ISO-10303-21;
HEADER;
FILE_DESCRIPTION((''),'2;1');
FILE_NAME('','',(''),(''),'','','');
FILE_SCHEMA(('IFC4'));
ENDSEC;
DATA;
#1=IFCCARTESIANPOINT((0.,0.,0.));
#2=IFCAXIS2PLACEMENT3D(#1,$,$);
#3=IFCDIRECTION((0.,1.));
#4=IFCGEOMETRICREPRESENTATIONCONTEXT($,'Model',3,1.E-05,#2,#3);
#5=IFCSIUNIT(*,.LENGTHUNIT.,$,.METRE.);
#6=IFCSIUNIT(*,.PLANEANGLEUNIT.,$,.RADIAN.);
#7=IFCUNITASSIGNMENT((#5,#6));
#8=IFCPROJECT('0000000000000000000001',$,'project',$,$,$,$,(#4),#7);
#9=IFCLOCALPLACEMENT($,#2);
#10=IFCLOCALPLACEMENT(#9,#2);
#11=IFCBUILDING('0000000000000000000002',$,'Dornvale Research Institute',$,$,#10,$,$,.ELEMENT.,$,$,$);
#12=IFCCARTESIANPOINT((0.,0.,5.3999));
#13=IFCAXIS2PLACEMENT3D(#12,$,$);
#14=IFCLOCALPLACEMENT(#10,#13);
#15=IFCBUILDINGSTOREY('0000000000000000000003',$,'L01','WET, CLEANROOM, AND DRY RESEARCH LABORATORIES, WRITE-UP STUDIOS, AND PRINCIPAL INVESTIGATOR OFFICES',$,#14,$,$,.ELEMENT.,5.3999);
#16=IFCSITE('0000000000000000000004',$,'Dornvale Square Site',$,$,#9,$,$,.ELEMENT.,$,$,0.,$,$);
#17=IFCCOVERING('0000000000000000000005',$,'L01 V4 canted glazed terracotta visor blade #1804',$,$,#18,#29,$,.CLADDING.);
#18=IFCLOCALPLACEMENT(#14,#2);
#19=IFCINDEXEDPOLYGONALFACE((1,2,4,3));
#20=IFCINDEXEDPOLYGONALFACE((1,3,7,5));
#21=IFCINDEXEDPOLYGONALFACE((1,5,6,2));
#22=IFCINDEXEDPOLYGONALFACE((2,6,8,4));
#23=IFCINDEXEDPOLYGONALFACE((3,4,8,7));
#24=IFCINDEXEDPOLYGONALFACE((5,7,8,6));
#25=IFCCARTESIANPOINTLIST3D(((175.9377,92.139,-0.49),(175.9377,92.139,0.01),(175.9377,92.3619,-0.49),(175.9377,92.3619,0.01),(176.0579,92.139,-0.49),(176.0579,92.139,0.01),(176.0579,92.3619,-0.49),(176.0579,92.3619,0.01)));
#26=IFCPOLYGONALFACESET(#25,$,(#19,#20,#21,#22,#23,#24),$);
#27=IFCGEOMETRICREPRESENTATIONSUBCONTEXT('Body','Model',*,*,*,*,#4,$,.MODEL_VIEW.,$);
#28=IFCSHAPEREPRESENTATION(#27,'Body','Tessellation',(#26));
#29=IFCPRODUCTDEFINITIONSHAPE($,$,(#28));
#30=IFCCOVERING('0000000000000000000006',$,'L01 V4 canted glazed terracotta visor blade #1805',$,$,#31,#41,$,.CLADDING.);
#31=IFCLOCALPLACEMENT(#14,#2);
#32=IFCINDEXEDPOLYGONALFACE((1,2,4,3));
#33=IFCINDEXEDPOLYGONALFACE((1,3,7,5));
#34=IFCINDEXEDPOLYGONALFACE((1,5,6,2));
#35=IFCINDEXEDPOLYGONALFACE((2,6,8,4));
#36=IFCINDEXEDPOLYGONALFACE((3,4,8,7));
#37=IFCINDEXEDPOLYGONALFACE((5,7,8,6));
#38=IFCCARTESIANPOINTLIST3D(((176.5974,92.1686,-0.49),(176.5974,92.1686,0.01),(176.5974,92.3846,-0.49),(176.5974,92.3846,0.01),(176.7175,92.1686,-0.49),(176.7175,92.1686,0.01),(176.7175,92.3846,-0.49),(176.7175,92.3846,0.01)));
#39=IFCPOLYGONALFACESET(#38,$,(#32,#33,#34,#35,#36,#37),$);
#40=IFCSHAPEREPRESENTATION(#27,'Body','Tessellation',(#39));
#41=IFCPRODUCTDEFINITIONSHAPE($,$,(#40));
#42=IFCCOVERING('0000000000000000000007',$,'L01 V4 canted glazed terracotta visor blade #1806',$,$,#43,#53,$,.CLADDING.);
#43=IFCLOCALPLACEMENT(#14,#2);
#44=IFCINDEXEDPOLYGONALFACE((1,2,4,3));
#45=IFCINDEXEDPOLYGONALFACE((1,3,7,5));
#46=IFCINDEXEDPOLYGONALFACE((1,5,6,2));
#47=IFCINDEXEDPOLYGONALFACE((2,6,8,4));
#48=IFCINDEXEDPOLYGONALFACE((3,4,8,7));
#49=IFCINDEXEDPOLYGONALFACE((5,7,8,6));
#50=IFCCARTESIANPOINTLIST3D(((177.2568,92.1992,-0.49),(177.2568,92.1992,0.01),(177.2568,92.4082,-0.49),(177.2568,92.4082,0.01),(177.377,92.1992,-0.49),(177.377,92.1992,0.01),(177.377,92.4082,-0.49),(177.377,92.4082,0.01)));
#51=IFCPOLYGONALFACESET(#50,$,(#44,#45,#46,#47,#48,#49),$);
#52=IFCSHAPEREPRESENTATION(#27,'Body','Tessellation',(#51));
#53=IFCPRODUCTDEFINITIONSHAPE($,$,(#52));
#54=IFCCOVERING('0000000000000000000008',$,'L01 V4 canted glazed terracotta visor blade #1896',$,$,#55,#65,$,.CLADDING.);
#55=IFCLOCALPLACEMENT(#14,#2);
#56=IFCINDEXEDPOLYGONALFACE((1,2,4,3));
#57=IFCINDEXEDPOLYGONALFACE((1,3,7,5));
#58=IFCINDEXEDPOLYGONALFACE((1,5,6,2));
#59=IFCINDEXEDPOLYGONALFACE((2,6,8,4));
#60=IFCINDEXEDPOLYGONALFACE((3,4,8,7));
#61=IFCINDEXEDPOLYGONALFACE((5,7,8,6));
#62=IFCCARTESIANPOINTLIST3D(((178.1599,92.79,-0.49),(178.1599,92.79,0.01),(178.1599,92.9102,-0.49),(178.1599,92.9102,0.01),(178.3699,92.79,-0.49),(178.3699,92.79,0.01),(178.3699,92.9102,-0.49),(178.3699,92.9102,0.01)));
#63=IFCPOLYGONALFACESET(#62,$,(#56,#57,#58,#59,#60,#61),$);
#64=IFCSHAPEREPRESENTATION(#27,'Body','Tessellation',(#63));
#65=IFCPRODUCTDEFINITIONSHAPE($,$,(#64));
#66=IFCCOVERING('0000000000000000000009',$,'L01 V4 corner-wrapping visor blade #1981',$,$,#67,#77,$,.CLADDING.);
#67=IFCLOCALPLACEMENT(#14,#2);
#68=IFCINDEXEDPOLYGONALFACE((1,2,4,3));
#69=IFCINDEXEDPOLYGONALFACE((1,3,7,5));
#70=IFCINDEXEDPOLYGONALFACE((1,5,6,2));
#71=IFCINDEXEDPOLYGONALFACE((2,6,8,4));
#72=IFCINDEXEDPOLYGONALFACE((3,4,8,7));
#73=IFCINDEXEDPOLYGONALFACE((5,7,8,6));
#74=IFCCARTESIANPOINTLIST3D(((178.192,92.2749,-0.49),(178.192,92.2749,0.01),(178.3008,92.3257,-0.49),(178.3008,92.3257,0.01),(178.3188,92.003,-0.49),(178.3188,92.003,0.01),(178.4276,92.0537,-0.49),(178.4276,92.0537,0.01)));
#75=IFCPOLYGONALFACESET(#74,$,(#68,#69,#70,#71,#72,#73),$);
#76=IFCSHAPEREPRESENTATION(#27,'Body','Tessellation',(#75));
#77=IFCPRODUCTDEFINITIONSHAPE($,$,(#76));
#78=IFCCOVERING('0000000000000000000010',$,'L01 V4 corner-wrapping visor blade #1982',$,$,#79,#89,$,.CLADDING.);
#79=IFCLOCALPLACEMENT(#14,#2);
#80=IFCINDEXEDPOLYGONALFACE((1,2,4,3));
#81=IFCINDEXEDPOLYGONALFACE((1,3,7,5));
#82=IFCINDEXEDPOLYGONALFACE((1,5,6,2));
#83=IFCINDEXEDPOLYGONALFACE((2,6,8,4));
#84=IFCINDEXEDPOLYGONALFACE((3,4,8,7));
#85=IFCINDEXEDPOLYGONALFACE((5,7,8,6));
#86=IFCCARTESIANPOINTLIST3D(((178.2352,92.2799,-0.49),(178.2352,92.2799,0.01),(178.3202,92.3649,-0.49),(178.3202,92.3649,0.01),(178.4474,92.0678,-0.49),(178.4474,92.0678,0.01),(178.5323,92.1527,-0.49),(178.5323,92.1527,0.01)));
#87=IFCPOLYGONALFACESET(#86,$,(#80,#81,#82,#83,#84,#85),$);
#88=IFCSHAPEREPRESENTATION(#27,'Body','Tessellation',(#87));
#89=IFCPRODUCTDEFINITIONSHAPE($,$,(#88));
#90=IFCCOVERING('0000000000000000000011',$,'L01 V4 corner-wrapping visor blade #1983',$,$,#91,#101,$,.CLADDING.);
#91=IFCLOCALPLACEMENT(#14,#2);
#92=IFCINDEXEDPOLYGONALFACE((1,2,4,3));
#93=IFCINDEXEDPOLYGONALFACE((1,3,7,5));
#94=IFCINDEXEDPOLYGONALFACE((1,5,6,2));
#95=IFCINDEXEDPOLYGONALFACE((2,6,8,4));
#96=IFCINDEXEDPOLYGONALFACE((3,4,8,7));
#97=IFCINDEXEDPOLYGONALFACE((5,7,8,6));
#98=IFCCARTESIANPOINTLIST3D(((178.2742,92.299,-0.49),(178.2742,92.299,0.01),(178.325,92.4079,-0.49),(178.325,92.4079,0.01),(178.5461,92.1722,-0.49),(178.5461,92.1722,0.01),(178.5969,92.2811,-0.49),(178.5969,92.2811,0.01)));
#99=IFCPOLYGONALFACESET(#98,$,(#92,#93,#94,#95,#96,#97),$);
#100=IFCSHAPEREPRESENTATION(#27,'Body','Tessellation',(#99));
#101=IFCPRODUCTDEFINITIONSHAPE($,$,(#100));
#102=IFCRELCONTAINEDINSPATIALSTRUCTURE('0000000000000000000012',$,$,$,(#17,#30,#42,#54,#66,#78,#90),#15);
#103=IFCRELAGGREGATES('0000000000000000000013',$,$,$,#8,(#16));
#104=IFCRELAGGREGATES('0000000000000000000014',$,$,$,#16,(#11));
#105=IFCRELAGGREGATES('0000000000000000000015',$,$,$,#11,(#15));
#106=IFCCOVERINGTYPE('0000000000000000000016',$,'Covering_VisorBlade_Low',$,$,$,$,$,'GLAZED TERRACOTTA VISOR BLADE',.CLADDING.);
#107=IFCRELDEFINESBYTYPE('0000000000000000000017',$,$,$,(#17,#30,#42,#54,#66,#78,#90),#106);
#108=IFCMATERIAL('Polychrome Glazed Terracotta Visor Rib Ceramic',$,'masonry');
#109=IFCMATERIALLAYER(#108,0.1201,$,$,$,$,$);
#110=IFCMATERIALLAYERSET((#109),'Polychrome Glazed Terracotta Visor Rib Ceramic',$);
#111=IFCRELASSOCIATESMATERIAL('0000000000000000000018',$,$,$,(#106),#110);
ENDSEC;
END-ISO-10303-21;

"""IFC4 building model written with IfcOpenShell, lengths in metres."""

from ifc_helpers import new_model, si_unit, direction, frame, origin, origin_2d, place, context, subcontext, project, spatial, rectangle, extrude, material, layer, layer_set, type_object, element, save


model = new_model("IFC4")

# Units and contexts
model_context = context("Model", 3, precision=1e-05, world=origin(), true_north=direction((0.0, 1.0)))
body_context = subcontext(model_context, "Body", "Model", "MODEL_VIEW")
ifc_project = project(units=[si_unit("LENGTHUNIT", "METRE"), si_unit("PLANEANGLEUNIT", "RADIAN")], contexts=[model_context])

# Site, building, storey
site_placement = place(None, origin())
site = spatial("IfcSite", under=ifc_project, at=site_placement, Name="Dornvale Square Site", CompositionType="ELEMENT", RefElevation=0.0)
building_placement = place(site_placement, origin())
building = spatial("IfcBuilding", under=site, at=building_placement, Name="Dornvale Research Institute", CompositionType="ELEMENT")
storey_placement = place(building_placement, frame((0.0, 0.0, 5.3999)))
storey = spatial("IfcBuildingStorey", under=building, at=storey_placement, Name="L01", Description="WET, CLEANROOM, AND DRY RESEARCH LABORATORIES, WRITE-UP STUDIOS, AND PRINCIPAL INVESTIGATOR OFFICES", CompositionType="ELEMENT", Elevation=5.3999)

# Coverings
ifc_material_1 = material(Name="Polychrome Glazed Terracotta Visor Rib Ceramic", Category="masonry")
ifc_layer_1 = layer(ifc_material_1, 0.1201)
ifc_layer_set_1 = layer_set([ifc_layer_1], Name="Polychrome Glazed Terracotta Visor Rib Ceramic")
covering_type = type_object("IfcCoveringType", Name="Covering_VisorBlade_Low", ElementType="GLAZED TERRACOTTA VISOR BLADE", PredefinedType="CLADDING", material=ifc_layer_set_1)
covering_1_placement = place(storey_placement, frame((175.9978, 92.2505, -0.49), z_axis=(0.0, 0.0, 1.0), x_axis=(0.0, 1.0, 0.0)))
element("IfcCovering", 1, at=covering_1_placement, inside=storey, type_object=covering_type, Name="L01 V4 canted glazed terracotta visor blade #1804", PredefinedType="CLADDING", context=body_context, shape_type="SweptSolid", body=[
    extrude(rectangle(XDim=0.2229, YDim=0.1201, at=origin_2d()), origin(), (0.0, 0.0, 1.0), 0.5),
])
covering_2_placement = place(storey_placement, frame((176.6575, 92.2766, -0.49), z_axis=(0.0, 0.0, 1.0), x_axis=(0.0, 1.0, 0.0)))
element("IfcCovering", 2, at=covering_2_placement, inside=storey, type_object=covering_type, Name="L01 V4 canted glazed terracotta visor blade #1805", PredefinedType="CLADDING", context=body_context, shape_type="SweptSolid", body=[
    extrude(rectangle(XDim=0.2161, YDim=0.1201, at=origin_2d()), origin(), (0.0, 0.0, 1.0), 0.5),
])
covering_3_placement = place(storey_placement, frame((177.3169, 92.3037, -0.49), z_axis=(0.0, 0.0, 1.0), x_axis=(0.0, 1.0, 0.0)))
element("IfcCovering", 3, at=covering_3_placement, inside=storey, type_object=covering_type, Name="L01 V4 canted glazed terracotta visor blade #1806", PredefinedType="CLADDING", context=body_context, shape_type="SweptSolid", body=[
    extrude(rectangle(XDim=0.209, YDim=0.1201, at=origin_2d()), origin(), (0.0, 0.0, 1.0), 0.5),
])
covering_4_placement = place(storey_placement, frame((178.2649, 92.8501, -0.49), z_axis=(0.0, 0.0, 1.0), x_axis=(1.0, 0.0, 0.0)))
element("IfcCovering", 4, at=covering_4_placement, inside=storey, type_object=covering_type, Name="L01 V4 canted glazed terracotta visor blade #1896", PredefinedType="CLADDING", context=body_context, shape_type="SweptSolid", body=[
    extrude(rectangle(XDim=0.21, YDim=0.1201, at=origin_2d()), origin(), (0.0, 0.0, 1.0), 0.5),
])
for number, where, z_axis, x_axis, name in (
    (5, (178.3098, 92.1643, -0.49), (0.0, 0.0, 1.0), (0.422618, -0.906308, 0.0), "L01 V4 corner-wrapping visor blade #1981"),
    (6, (178.3838, 92.2163, -0.49), (0.0, 0.0, 1.0), (0.707107, -0.707107, 0.0), "L01 V4 corner-wrapping visor blade #1982"),
    (7, (178.4355, 92.29, -0.49), (0.0, 0.0, 1.0), (0.906308, -0.422618, 0.0), "L01 V4 corner-wrapping visor blade #1983"),
):
    element("IfcCovering", number, at=place(storey_placement, frame(where, z_axis=z_axis, x_axis=x_axis)), inside=storey, type_object=covering_type, Name=name, PredefinedType="CLADDING", context=body_context, shape_type="SweptSolid", body=[
        extrude(rectangle(XDim=0.3, YDim=0.1201, at=origin_2d()), origin(), (0.0, 0.0, 1.0), 0.5),
    ])

save(model, "model.ifc")
